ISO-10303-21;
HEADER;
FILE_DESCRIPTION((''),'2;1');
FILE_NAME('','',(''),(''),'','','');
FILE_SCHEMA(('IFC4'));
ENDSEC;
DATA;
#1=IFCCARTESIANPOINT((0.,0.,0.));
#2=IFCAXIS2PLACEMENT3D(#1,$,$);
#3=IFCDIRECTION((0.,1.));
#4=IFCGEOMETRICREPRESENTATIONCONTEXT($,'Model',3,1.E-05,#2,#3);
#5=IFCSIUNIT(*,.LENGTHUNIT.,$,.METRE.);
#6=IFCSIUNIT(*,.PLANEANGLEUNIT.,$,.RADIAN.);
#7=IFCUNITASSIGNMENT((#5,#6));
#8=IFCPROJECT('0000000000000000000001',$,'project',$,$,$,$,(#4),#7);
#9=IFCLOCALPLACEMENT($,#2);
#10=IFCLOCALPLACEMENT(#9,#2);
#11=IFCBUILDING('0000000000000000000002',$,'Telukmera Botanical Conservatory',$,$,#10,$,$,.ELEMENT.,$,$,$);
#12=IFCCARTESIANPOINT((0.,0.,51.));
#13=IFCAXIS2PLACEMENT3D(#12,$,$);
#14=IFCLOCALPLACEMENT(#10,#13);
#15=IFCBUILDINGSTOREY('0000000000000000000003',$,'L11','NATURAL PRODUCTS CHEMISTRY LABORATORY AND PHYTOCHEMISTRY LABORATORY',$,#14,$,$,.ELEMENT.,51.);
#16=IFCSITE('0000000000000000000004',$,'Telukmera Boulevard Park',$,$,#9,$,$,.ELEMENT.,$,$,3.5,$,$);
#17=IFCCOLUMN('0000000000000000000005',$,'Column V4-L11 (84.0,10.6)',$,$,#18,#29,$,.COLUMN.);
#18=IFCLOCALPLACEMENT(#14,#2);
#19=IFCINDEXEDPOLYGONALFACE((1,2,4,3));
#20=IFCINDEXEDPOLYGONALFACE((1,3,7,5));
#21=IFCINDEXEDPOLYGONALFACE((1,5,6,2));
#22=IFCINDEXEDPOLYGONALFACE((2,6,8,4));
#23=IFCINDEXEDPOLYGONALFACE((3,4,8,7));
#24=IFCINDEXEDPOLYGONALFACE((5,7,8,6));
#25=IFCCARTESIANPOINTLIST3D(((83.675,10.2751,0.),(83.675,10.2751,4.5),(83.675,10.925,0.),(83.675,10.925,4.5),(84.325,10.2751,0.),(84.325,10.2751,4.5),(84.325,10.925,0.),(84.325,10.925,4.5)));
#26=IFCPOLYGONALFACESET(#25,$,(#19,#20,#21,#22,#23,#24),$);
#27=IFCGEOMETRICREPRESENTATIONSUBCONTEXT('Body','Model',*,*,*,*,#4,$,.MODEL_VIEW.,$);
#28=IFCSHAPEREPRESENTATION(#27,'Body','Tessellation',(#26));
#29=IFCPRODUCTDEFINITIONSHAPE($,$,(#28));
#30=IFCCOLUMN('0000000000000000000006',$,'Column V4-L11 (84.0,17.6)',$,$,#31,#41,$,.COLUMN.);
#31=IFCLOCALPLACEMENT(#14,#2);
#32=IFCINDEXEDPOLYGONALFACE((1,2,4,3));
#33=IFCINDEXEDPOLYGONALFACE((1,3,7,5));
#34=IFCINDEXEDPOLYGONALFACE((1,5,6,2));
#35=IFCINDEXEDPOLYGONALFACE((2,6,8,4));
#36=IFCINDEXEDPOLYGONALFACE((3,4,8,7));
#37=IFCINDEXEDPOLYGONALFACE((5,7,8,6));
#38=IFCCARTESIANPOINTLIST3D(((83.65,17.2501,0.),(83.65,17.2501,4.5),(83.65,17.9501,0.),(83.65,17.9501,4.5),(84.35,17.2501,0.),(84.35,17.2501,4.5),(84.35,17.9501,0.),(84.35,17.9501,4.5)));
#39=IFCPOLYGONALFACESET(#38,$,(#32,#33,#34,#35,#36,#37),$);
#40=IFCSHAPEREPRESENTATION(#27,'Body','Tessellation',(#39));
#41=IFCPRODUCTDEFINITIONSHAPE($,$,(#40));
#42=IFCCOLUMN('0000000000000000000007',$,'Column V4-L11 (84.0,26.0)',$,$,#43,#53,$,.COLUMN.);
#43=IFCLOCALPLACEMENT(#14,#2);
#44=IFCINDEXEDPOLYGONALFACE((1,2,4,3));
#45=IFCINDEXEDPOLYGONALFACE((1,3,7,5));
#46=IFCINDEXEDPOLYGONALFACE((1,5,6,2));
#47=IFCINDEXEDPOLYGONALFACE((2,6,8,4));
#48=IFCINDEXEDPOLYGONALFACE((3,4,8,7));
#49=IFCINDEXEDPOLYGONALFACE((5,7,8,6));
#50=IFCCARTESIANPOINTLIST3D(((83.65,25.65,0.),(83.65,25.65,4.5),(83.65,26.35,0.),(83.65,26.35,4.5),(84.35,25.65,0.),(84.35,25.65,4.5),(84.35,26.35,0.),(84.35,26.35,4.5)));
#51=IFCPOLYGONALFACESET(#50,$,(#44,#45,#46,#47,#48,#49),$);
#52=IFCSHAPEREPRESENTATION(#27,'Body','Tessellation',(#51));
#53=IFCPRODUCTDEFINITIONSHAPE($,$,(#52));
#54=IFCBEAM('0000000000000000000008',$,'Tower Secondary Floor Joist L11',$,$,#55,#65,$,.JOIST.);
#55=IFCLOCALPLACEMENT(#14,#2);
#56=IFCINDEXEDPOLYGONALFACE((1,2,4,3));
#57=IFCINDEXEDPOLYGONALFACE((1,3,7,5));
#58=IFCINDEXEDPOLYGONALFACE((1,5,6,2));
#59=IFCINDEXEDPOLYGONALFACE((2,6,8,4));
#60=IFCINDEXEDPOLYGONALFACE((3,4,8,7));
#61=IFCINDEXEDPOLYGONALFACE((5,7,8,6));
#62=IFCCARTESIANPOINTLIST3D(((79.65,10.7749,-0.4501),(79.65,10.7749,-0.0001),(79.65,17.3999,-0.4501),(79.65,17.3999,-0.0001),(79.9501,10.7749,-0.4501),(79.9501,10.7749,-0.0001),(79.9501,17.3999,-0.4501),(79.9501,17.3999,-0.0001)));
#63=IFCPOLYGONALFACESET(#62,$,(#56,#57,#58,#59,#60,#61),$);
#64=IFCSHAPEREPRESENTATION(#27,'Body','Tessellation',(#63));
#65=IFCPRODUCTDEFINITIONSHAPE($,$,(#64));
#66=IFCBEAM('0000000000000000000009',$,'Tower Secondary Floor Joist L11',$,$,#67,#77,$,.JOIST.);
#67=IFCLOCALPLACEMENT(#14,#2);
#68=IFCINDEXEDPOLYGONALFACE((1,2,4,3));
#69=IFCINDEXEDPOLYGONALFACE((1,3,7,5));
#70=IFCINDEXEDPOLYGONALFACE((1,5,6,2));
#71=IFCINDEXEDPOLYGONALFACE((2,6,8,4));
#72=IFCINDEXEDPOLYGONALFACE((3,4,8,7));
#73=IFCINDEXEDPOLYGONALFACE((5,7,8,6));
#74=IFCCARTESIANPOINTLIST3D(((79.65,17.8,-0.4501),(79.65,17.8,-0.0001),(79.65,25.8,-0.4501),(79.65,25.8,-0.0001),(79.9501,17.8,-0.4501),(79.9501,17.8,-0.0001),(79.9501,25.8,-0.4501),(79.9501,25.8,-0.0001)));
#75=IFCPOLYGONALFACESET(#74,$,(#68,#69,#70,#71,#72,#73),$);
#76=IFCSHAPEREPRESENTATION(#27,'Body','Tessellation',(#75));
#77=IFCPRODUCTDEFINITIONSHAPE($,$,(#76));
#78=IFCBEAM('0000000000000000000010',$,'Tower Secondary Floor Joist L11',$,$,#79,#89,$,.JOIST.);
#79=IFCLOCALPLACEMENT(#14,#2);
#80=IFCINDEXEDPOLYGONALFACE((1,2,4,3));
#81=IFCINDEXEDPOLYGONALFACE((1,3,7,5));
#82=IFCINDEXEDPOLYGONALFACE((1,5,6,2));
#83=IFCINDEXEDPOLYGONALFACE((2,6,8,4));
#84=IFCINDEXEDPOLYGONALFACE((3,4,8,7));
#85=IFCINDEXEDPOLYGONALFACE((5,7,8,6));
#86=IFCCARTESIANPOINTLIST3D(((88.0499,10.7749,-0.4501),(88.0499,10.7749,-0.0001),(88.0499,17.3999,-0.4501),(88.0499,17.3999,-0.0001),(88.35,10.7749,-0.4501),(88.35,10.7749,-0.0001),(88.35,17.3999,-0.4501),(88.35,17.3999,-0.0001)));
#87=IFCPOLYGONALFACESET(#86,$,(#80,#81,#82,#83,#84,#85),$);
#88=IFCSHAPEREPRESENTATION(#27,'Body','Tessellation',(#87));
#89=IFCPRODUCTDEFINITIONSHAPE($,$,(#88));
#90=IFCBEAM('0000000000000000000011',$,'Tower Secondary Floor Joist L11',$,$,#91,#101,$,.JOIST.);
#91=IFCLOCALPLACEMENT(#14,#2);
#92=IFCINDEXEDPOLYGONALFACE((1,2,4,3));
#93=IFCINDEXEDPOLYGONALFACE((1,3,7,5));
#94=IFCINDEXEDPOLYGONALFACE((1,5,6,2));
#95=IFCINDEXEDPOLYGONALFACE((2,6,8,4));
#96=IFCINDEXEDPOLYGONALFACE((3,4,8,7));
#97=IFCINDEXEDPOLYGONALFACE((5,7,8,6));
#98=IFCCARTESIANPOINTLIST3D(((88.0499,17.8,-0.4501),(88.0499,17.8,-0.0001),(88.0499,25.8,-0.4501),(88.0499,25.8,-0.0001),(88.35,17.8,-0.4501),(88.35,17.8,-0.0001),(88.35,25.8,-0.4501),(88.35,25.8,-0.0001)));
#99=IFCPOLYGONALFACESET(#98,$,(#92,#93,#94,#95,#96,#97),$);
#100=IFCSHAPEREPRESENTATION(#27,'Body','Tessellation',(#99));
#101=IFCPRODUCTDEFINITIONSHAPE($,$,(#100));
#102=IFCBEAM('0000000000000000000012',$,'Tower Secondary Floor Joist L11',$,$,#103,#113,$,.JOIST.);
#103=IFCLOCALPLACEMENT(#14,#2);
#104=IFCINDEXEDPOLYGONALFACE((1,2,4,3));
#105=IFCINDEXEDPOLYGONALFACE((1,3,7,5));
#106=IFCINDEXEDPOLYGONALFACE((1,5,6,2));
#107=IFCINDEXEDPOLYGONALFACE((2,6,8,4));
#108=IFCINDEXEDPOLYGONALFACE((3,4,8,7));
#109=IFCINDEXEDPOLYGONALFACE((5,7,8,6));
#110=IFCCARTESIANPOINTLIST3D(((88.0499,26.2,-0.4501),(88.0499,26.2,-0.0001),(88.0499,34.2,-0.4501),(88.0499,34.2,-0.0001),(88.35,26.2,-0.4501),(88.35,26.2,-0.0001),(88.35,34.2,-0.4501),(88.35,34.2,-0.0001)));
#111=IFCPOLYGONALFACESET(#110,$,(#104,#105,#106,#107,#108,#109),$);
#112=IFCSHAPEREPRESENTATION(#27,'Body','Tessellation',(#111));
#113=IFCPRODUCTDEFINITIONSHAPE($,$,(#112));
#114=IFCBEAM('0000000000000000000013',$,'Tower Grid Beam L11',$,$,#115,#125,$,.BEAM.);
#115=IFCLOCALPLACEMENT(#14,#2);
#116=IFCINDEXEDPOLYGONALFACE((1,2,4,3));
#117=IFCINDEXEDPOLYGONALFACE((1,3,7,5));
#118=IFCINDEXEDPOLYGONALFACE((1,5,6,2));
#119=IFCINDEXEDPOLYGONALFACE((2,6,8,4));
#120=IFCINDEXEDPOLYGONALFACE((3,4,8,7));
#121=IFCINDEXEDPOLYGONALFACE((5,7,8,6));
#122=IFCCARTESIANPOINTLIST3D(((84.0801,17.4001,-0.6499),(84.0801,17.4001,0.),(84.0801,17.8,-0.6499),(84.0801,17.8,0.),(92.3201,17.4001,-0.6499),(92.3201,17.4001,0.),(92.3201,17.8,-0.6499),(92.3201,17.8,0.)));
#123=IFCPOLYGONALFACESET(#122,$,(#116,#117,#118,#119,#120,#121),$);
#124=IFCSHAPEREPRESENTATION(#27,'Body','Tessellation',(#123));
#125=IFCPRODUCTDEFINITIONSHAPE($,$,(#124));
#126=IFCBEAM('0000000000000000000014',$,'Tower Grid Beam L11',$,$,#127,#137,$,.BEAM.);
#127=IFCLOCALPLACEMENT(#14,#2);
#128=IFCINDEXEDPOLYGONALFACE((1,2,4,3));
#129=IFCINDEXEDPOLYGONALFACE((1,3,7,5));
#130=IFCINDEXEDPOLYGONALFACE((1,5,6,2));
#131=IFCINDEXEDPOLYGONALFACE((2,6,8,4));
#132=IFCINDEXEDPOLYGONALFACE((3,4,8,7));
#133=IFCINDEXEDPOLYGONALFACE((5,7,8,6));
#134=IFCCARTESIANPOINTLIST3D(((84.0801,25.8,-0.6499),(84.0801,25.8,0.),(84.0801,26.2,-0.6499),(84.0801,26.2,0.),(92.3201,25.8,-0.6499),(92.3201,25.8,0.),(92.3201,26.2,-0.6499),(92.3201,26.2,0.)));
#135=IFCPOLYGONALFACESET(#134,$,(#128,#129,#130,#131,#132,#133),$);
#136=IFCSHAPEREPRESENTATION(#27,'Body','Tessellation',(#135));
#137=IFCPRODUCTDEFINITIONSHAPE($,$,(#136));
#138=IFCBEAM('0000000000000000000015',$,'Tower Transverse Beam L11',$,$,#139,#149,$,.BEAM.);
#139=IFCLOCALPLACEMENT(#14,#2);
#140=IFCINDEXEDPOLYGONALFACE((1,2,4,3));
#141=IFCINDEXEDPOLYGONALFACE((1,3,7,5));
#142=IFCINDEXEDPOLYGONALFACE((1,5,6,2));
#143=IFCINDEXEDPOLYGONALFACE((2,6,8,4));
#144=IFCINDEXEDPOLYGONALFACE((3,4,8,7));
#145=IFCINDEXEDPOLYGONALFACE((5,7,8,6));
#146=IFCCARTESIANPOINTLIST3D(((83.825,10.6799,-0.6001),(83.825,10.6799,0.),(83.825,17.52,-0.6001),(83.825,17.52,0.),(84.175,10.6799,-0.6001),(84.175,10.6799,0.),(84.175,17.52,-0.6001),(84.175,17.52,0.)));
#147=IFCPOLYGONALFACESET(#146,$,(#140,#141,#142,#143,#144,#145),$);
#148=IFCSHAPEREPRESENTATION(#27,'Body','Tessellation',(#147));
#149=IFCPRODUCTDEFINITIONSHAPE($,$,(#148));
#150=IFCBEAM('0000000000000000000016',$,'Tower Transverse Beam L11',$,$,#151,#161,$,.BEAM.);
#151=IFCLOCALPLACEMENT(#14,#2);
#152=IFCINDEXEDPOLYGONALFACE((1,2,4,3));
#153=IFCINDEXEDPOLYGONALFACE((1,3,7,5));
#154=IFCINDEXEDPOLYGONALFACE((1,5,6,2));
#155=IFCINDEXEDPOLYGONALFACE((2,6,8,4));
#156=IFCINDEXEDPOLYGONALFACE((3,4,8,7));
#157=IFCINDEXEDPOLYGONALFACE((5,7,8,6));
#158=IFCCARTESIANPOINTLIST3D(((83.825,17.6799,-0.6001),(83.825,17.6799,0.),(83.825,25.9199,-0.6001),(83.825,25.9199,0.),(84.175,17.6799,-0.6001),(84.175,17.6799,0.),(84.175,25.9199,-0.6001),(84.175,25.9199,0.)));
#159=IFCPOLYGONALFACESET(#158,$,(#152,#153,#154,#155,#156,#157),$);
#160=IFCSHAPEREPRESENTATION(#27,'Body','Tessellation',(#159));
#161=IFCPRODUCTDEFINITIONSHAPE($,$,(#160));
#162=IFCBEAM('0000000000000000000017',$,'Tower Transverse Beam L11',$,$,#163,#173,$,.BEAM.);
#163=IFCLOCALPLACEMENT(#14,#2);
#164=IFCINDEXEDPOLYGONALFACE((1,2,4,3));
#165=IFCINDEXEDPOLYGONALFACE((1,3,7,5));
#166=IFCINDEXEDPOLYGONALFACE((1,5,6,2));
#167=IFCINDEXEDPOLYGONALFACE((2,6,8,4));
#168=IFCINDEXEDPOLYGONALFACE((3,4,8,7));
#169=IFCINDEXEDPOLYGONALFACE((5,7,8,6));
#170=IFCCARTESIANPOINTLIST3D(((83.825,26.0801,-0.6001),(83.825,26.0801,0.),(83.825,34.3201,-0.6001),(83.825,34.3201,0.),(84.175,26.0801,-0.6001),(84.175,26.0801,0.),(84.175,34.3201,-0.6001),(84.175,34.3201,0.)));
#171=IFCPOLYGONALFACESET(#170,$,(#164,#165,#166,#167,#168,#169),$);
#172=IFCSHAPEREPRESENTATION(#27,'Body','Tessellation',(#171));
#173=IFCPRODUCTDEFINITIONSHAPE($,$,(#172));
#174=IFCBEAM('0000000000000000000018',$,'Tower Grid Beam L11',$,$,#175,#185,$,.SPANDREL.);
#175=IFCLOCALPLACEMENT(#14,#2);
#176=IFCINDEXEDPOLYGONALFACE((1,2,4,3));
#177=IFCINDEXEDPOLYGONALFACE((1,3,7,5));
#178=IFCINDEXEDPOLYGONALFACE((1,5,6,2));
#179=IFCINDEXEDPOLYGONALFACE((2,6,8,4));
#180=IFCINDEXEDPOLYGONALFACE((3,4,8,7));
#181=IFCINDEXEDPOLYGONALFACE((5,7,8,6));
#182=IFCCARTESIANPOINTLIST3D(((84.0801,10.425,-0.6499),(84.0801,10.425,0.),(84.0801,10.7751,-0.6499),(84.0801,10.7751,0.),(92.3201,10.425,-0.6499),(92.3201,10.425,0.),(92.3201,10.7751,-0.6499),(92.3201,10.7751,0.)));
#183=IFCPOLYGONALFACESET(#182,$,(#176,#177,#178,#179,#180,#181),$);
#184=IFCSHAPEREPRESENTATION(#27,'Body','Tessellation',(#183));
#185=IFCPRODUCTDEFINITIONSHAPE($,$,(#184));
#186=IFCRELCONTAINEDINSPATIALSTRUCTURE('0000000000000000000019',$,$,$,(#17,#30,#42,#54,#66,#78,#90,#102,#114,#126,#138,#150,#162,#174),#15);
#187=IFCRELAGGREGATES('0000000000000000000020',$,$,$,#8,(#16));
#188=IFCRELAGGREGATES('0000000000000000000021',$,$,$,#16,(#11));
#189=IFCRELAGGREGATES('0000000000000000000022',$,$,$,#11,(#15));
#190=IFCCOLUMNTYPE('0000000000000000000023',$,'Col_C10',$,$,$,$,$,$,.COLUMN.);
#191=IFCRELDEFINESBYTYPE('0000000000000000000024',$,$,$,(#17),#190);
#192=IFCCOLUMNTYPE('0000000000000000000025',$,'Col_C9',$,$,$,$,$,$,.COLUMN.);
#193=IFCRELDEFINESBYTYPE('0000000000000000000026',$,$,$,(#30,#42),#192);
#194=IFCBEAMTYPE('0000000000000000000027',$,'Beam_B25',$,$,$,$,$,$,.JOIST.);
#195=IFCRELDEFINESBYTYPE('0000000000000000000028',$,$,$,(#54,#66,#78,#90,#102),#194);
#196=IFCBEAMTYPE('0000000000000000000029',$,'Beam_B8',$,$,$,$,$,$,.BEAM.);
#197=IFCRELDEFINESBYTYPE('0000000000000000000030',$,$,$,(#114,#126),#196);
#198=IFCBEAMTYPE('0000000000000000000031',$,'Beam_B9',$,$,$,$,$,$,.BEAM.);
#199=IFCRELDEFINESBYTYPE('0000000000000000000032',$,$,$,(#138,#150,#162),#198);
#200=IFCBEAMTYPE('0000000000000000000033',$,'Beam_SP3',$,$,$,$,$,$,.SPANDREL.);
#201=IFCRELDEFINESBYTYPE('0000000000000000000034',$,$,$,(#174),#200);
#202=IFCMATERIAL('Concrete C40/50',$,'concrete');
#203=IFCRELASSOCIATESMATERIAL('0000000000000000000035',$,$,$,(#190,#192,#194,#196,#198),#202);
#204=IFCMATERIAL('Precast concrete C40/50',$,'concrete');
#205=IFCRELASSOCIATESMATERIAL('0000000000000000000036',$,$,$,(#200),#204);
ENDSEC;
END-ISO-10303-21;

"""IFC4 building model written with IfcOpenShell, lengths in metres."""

from ifc_helpers import new_model, si_unit, direction, frame, origin, origin_2d, place, context, subcontext, project, spatial, rectangle, extrude, material, material_profile, profile_set, type_object, element, save


model = new_model("IFC4")

# Units and contexts
model_context = context("Model", 3, precision=1e-05, world=origin(), true_north=direction((0.0, 1.0)))
body_context = subcontext(model_context, "Body", "Model", "MODEL_VIEW")
ifc_project = project(units=[si_unit("LENGTHUNIT", "METRE"), si_unit("PLANEANGLEUNIT", "RADIAN")], contexts=[model_context])

# Site, building, storey
site_placement = place(None, origin())
site = spatial("IfcSite", under=ifc_project, at=site_placement, Name="Telukmera Boulevard Park", CompositionType="ELEMENT", RefElevation=3.5)
building_placement = place(site_placement, origin())
building = spatial("IfcBuilding", under=site, at=building_placement, Name="Telukmera Botanical Conservatory", CompositionType="ELEMENT")
storey_placement = place(building_placement, frame((0.0, 0.0, 51.0)))
storey = spatial("IfcBuildingStorey", under=building, at=storey_placement, Name="L11", Description="NATURAL PRODUCTS CHEMISTRY LABORATORY AND PHYTOCHEMISTRY LABORATORY", CompositionType="ELEMENT", Elevation=51.0)

# Columns
ifc_material_1 = material(Name="Concrete C40/50", Category="concrete")
ifc_material_profile_1 = material_profile(ifc_material_1, rectangle(XDim=0.6499, YDim=0.6499, at=origin_2d()), Name="RC 650x650")
ifc_profile_set_1 = profile_set([ifc_material_profile_1], Name="Concrete C40/50")
column_type_1 = type_object("IfcColumnType", Name="Col_C10", PredefinedType="COLUMN", material=ifc_profile_set_1)
column_placement = place(storey_placement, frame((84.0, 10.6001, 0.0), z_axis=(0.0, 0.0, 1.0), x_axis=(1.0, 0.0, 0.0)))
element("IfcColumn", 1, at=column_placement, inside=storey, type_object=column_type_1, Name="Column V4-L11 (84.0,10.6)", PredefinedType="COLUMN", context=body_context, shape_type="SweptSolid", body=[
    extrude(rectangle(XDim=0.6499, YDim=0.6499, at=origin_2d()), origin(), (0.0, 0.0, 1.0), 4.5),
])
ifc_material_profile_2 = material_profile(ifc_material_1, rectangle(XDim=0.7, YDim=0.7, at=origin_2d()), Name="RC 700x700")
ifc_profile_set_2 = profile_set([ifc_material_profile_2], Name="Concrete C40/50")
column_type_2 = type_object("IfcColumnType", Name="Col_C9", PredefinedType="COLUMN", material=ifc_profile_set_2)
for number, where, z_axis, x_axis, name in (
    (2, (84.0, 17.6001, 0.0), (0.0, 0.0, 1.0), (1.0, 0.0, 0.0), "Column V4-L11 (84.0,17.6)"),
    (3, (84.0, 26.0, 0.0), (0.0, 0.0, 1.0), (1.0, 0.0, 0.0), "Column V4-L11 (84.0,26.0)"),
):
    element("IfcColumn", number, at=place(storey_placement, frame(where, z_axis=z_axis, x_axis=x_axis)), inside=storey, type_object=column_type_2, Name=name, PredefinedType="COLUMN", context=body_context, shape_type="SweptSolid", body=[
        extrude(rectangle(XDim=0.7, YDim=0.7, at=origin_2d()), origin(), (0.0, 0.0, 1.0), 4.5),
    ])

# Beams
ifc_material_profile_3 = material_profile(ifc_material_1, rectangle(XDim=0.3, YDim=0.45, at=origin_2d()), Name="RC 300x450")
ifc_profile_set_3 = profile_set([ifc_material_profile_3], Name="Concrete C40/50")
beam_type_1 = type_object("IfcBeamType", Name="Beam_B25", PredefinedType="JOIST", material=ifc_profile_set_3)
beam_1_placement = place(storey_placement, frame((79.8, 10.7749, -0.2251), z_axis=(0.0, 1.0, 0.0), x_axis=(-1.0, 0.0, 0.0)))
element("IfcBeam", 4, at=beam_1_placement, inside=storey, type_object=beam_type_1, Name="Tower Secondary Floor Joist L11", PredefinedType="JOIST", context=body_context, shape_type="SweptSolid", body=[
    extrude(rectangle(XDim=0.3, YDim=0.45, at=origin_2d()), origin(), (0.0, 0.0, 1.0), 6.625),
])
beam_2_placement = place(storey_placement, frame((79.8, 17.8, -0.2251), z_axis=(0.0, 1.0, 0.0), x_axis=(-1.0, 0.0, 0.0)))
element("IfcBeam", 5, at=beam_2_placement, inside=storey, type_object=beam_type_1, Name="Tower Secondary Floor Joist L11", PredefinedType="JOIST", context=body_context, shape_type="SweptSolid", body=[
    extrude(rectangle(XDim=0.3, YDim=0.45, at=origin_2d()), origin(), (0.0, 0.0, 1.0), 8.0),
])
beam_3_placement = place(storey_placement, frame((88.2, 10.7749, -0.2251), z_axis=(0.0, 1.0, 0.0), x_axis=(-1.0, 0.0, 0.0)))
element("IfcBeam", 6, at=beam_3_placement, inside=storey, type_object=beam_type_1, Name="Tower Secondary Floor Joist L11", PredefinedType="JOIST", context=body_context, shape_type="SweptSolid", body=[
    extrude(rectangle(XDim=0.3, YDim=0.45, at=origin_2d()), origin(), (0.0, 0.0, 1.0), 6.625),
])
for number, where, z_axis, x_axis, name in (
    (7, (88.2, 17.8, -0.2251), (0.0, 1.0, 0.0), (-1.0, 0.0, 0.0), "Tower Secondary Floor Joist L11"),
    (8, (88.2, 26.2, -0.2251), (0.0, 1.0, 0.0), (-1.0, 0.0, 0.0), "Tower Secondary Floor Joist L11"),
):
    element("IfcBeam", number, at=place(storey_placement, frame(where, z_axis=z_axis, x_axis=x_axis)), inside=storey, type_object=beam_type_1, Name=name, PredefinedType="JOIST", context=body_context, shape_type="SweptSolid", body=[
        extrude(rectangle(XDim=0.3, YDim=0.45, at=origin_2d()), origin(), (0.0, 0.0, 1.0), 8.0),
    ])
ifc_material_profile_4 = material_profile(ifc_material_1, rectangle(XDim=0.3999, YDim=0.6499, at=origin_2d()), Name="RC 400x650")
ifc_profile_set_4 = profile_set([ifc_material_profile_4], Name="Concrete C40/50")
beam_type_2 = type_object("IfcBeamType", Name="Beam_B8", PredefinedType="BEAM", material=ifc_profile_set_4)
for number, where, z_axis, x_axis, name in (
    (9, (84.0801, 17.6001, -0.325), (1.0, 0.0, 0.0), (0.0, 1.0, 0.0), "Tower Grid Beam L11"),
    (10, (84.0801, 26.0, -0.325), (1.0, 0.0, 0.0), (0.0, 1.0, 0.0), "Tower Grid Beam L11"),
):
    element("IfcBeam", number, at=place(storey_placement, frame(where, z_axis=z_axis, x_axis=x_axis)), inside=storey, type_object=beam_type_2, Name=name, PredefinedType="BEAM", context=body_context, shape_type="SweptSolid", body=[
        extrude(rectangle(XDim=0.3999, YDim=0.6499, at=origin_2d()), origin(), (0.0, 0.0, 1.0), 8.24),
    ])
ifc_material_profile_5 = material_profile(ifc_material_1, rectangle(XDim=0.3501, YDim=0.6001, at=origin_2d()), Name="RC 350x600")
ifc_profile_set_5 = profile_set([ifc_material_profile_5], Name="Concrete C40/50")
beam_type_3 = type_object("IfcBeamType", Name="Beam_B9", PredefinedType="BEAM", material=ifc_profile_set_5)
beam_4_placement = place(storey_placement, frame((84.0, 10.6799, -0.3), z_axis=(0.0, 1.0, 0.0), x_axis=(-1.0, 0.0, 0.0)))
element("IfcBeam", 11, at=beam_4_placement, inside=storey, type_object=beam_type_3, Name="Tower Transverse Beam L11", PredefinedType="BEAM", context=body_context, shape_type="SweptSolid", body=[
    extrude(rectangle(XDim=0.3501, YDim=0.6001, at=origin_2d()), origin(), (0.0, 0.0, 1.0), 6.8401),
])
for number, where, z_axis, x_axis, name in (
    (12, (84.0, 17.6799, -0.3), (0.0, 1.0, 0.0), (-1.0, 0.0, 0.0), "Tower Transverse Beam L11"),
    (13, (84.0, 26.0801, -0.3), (0.0, 1.0, 0.0), (-1.0, 0.0, 0.0), "Tower Transverse Beam L11"),
):
    element("IfcBeam", number, at=place(storey_placement, frame(where, z_axis=z_axis, x_axis=x_axis)), inside=storey, type_object=beam_type_3, Name=name, PredefinedType="BEAM", context=body_context, shape_type="SweptSolid", body=[
        extrude(rectangle(XDim=0.3501, YDim=0.6001, at=origin_2d()), origin(), (0.0, 0.0, 1.0), 8.24),
    ])
ifc_material_2 = material(Name="Precast concrete C40/50", Category="concrete")
ifc_material_profile_6 = material_profile(ifc_material_2, rectangle(XDim=0.3501, YDim=0.6499, at=origin_2d()), Name="PC 350x650")
ifc_profile_set_6 = profile_set([ifc_material_profile_6], Name="Precast concrete C40/50")
beam_type_4 = type_object("IfcBeamType", Name="Beam_SP3", PredefinedType="SPANDREL", material=ifc_profile_set_6)
beam_5_placement = place(storey_placement, frame((84.0801, 10.6001, -0.325), z_axis=(1.0, 0.0, 0.0), x_axis=(0.0, 1.0, 0.0)))
element("IfcBeam", 14, at=beam_5_placement, inside=storey, type_object=beam_type_4, Name="Tower Grid Beam L11", PredefinedType="SPANDREL", context=body_context, shape_type="SweptSolid", body=[
    extrude(rectangle(XDim=0.3501, YDim=0.6499, at=origin_2d()), origin(), (0.0, 0.0, 1.0), 8.24),
])

save(model, "model.ifc")
